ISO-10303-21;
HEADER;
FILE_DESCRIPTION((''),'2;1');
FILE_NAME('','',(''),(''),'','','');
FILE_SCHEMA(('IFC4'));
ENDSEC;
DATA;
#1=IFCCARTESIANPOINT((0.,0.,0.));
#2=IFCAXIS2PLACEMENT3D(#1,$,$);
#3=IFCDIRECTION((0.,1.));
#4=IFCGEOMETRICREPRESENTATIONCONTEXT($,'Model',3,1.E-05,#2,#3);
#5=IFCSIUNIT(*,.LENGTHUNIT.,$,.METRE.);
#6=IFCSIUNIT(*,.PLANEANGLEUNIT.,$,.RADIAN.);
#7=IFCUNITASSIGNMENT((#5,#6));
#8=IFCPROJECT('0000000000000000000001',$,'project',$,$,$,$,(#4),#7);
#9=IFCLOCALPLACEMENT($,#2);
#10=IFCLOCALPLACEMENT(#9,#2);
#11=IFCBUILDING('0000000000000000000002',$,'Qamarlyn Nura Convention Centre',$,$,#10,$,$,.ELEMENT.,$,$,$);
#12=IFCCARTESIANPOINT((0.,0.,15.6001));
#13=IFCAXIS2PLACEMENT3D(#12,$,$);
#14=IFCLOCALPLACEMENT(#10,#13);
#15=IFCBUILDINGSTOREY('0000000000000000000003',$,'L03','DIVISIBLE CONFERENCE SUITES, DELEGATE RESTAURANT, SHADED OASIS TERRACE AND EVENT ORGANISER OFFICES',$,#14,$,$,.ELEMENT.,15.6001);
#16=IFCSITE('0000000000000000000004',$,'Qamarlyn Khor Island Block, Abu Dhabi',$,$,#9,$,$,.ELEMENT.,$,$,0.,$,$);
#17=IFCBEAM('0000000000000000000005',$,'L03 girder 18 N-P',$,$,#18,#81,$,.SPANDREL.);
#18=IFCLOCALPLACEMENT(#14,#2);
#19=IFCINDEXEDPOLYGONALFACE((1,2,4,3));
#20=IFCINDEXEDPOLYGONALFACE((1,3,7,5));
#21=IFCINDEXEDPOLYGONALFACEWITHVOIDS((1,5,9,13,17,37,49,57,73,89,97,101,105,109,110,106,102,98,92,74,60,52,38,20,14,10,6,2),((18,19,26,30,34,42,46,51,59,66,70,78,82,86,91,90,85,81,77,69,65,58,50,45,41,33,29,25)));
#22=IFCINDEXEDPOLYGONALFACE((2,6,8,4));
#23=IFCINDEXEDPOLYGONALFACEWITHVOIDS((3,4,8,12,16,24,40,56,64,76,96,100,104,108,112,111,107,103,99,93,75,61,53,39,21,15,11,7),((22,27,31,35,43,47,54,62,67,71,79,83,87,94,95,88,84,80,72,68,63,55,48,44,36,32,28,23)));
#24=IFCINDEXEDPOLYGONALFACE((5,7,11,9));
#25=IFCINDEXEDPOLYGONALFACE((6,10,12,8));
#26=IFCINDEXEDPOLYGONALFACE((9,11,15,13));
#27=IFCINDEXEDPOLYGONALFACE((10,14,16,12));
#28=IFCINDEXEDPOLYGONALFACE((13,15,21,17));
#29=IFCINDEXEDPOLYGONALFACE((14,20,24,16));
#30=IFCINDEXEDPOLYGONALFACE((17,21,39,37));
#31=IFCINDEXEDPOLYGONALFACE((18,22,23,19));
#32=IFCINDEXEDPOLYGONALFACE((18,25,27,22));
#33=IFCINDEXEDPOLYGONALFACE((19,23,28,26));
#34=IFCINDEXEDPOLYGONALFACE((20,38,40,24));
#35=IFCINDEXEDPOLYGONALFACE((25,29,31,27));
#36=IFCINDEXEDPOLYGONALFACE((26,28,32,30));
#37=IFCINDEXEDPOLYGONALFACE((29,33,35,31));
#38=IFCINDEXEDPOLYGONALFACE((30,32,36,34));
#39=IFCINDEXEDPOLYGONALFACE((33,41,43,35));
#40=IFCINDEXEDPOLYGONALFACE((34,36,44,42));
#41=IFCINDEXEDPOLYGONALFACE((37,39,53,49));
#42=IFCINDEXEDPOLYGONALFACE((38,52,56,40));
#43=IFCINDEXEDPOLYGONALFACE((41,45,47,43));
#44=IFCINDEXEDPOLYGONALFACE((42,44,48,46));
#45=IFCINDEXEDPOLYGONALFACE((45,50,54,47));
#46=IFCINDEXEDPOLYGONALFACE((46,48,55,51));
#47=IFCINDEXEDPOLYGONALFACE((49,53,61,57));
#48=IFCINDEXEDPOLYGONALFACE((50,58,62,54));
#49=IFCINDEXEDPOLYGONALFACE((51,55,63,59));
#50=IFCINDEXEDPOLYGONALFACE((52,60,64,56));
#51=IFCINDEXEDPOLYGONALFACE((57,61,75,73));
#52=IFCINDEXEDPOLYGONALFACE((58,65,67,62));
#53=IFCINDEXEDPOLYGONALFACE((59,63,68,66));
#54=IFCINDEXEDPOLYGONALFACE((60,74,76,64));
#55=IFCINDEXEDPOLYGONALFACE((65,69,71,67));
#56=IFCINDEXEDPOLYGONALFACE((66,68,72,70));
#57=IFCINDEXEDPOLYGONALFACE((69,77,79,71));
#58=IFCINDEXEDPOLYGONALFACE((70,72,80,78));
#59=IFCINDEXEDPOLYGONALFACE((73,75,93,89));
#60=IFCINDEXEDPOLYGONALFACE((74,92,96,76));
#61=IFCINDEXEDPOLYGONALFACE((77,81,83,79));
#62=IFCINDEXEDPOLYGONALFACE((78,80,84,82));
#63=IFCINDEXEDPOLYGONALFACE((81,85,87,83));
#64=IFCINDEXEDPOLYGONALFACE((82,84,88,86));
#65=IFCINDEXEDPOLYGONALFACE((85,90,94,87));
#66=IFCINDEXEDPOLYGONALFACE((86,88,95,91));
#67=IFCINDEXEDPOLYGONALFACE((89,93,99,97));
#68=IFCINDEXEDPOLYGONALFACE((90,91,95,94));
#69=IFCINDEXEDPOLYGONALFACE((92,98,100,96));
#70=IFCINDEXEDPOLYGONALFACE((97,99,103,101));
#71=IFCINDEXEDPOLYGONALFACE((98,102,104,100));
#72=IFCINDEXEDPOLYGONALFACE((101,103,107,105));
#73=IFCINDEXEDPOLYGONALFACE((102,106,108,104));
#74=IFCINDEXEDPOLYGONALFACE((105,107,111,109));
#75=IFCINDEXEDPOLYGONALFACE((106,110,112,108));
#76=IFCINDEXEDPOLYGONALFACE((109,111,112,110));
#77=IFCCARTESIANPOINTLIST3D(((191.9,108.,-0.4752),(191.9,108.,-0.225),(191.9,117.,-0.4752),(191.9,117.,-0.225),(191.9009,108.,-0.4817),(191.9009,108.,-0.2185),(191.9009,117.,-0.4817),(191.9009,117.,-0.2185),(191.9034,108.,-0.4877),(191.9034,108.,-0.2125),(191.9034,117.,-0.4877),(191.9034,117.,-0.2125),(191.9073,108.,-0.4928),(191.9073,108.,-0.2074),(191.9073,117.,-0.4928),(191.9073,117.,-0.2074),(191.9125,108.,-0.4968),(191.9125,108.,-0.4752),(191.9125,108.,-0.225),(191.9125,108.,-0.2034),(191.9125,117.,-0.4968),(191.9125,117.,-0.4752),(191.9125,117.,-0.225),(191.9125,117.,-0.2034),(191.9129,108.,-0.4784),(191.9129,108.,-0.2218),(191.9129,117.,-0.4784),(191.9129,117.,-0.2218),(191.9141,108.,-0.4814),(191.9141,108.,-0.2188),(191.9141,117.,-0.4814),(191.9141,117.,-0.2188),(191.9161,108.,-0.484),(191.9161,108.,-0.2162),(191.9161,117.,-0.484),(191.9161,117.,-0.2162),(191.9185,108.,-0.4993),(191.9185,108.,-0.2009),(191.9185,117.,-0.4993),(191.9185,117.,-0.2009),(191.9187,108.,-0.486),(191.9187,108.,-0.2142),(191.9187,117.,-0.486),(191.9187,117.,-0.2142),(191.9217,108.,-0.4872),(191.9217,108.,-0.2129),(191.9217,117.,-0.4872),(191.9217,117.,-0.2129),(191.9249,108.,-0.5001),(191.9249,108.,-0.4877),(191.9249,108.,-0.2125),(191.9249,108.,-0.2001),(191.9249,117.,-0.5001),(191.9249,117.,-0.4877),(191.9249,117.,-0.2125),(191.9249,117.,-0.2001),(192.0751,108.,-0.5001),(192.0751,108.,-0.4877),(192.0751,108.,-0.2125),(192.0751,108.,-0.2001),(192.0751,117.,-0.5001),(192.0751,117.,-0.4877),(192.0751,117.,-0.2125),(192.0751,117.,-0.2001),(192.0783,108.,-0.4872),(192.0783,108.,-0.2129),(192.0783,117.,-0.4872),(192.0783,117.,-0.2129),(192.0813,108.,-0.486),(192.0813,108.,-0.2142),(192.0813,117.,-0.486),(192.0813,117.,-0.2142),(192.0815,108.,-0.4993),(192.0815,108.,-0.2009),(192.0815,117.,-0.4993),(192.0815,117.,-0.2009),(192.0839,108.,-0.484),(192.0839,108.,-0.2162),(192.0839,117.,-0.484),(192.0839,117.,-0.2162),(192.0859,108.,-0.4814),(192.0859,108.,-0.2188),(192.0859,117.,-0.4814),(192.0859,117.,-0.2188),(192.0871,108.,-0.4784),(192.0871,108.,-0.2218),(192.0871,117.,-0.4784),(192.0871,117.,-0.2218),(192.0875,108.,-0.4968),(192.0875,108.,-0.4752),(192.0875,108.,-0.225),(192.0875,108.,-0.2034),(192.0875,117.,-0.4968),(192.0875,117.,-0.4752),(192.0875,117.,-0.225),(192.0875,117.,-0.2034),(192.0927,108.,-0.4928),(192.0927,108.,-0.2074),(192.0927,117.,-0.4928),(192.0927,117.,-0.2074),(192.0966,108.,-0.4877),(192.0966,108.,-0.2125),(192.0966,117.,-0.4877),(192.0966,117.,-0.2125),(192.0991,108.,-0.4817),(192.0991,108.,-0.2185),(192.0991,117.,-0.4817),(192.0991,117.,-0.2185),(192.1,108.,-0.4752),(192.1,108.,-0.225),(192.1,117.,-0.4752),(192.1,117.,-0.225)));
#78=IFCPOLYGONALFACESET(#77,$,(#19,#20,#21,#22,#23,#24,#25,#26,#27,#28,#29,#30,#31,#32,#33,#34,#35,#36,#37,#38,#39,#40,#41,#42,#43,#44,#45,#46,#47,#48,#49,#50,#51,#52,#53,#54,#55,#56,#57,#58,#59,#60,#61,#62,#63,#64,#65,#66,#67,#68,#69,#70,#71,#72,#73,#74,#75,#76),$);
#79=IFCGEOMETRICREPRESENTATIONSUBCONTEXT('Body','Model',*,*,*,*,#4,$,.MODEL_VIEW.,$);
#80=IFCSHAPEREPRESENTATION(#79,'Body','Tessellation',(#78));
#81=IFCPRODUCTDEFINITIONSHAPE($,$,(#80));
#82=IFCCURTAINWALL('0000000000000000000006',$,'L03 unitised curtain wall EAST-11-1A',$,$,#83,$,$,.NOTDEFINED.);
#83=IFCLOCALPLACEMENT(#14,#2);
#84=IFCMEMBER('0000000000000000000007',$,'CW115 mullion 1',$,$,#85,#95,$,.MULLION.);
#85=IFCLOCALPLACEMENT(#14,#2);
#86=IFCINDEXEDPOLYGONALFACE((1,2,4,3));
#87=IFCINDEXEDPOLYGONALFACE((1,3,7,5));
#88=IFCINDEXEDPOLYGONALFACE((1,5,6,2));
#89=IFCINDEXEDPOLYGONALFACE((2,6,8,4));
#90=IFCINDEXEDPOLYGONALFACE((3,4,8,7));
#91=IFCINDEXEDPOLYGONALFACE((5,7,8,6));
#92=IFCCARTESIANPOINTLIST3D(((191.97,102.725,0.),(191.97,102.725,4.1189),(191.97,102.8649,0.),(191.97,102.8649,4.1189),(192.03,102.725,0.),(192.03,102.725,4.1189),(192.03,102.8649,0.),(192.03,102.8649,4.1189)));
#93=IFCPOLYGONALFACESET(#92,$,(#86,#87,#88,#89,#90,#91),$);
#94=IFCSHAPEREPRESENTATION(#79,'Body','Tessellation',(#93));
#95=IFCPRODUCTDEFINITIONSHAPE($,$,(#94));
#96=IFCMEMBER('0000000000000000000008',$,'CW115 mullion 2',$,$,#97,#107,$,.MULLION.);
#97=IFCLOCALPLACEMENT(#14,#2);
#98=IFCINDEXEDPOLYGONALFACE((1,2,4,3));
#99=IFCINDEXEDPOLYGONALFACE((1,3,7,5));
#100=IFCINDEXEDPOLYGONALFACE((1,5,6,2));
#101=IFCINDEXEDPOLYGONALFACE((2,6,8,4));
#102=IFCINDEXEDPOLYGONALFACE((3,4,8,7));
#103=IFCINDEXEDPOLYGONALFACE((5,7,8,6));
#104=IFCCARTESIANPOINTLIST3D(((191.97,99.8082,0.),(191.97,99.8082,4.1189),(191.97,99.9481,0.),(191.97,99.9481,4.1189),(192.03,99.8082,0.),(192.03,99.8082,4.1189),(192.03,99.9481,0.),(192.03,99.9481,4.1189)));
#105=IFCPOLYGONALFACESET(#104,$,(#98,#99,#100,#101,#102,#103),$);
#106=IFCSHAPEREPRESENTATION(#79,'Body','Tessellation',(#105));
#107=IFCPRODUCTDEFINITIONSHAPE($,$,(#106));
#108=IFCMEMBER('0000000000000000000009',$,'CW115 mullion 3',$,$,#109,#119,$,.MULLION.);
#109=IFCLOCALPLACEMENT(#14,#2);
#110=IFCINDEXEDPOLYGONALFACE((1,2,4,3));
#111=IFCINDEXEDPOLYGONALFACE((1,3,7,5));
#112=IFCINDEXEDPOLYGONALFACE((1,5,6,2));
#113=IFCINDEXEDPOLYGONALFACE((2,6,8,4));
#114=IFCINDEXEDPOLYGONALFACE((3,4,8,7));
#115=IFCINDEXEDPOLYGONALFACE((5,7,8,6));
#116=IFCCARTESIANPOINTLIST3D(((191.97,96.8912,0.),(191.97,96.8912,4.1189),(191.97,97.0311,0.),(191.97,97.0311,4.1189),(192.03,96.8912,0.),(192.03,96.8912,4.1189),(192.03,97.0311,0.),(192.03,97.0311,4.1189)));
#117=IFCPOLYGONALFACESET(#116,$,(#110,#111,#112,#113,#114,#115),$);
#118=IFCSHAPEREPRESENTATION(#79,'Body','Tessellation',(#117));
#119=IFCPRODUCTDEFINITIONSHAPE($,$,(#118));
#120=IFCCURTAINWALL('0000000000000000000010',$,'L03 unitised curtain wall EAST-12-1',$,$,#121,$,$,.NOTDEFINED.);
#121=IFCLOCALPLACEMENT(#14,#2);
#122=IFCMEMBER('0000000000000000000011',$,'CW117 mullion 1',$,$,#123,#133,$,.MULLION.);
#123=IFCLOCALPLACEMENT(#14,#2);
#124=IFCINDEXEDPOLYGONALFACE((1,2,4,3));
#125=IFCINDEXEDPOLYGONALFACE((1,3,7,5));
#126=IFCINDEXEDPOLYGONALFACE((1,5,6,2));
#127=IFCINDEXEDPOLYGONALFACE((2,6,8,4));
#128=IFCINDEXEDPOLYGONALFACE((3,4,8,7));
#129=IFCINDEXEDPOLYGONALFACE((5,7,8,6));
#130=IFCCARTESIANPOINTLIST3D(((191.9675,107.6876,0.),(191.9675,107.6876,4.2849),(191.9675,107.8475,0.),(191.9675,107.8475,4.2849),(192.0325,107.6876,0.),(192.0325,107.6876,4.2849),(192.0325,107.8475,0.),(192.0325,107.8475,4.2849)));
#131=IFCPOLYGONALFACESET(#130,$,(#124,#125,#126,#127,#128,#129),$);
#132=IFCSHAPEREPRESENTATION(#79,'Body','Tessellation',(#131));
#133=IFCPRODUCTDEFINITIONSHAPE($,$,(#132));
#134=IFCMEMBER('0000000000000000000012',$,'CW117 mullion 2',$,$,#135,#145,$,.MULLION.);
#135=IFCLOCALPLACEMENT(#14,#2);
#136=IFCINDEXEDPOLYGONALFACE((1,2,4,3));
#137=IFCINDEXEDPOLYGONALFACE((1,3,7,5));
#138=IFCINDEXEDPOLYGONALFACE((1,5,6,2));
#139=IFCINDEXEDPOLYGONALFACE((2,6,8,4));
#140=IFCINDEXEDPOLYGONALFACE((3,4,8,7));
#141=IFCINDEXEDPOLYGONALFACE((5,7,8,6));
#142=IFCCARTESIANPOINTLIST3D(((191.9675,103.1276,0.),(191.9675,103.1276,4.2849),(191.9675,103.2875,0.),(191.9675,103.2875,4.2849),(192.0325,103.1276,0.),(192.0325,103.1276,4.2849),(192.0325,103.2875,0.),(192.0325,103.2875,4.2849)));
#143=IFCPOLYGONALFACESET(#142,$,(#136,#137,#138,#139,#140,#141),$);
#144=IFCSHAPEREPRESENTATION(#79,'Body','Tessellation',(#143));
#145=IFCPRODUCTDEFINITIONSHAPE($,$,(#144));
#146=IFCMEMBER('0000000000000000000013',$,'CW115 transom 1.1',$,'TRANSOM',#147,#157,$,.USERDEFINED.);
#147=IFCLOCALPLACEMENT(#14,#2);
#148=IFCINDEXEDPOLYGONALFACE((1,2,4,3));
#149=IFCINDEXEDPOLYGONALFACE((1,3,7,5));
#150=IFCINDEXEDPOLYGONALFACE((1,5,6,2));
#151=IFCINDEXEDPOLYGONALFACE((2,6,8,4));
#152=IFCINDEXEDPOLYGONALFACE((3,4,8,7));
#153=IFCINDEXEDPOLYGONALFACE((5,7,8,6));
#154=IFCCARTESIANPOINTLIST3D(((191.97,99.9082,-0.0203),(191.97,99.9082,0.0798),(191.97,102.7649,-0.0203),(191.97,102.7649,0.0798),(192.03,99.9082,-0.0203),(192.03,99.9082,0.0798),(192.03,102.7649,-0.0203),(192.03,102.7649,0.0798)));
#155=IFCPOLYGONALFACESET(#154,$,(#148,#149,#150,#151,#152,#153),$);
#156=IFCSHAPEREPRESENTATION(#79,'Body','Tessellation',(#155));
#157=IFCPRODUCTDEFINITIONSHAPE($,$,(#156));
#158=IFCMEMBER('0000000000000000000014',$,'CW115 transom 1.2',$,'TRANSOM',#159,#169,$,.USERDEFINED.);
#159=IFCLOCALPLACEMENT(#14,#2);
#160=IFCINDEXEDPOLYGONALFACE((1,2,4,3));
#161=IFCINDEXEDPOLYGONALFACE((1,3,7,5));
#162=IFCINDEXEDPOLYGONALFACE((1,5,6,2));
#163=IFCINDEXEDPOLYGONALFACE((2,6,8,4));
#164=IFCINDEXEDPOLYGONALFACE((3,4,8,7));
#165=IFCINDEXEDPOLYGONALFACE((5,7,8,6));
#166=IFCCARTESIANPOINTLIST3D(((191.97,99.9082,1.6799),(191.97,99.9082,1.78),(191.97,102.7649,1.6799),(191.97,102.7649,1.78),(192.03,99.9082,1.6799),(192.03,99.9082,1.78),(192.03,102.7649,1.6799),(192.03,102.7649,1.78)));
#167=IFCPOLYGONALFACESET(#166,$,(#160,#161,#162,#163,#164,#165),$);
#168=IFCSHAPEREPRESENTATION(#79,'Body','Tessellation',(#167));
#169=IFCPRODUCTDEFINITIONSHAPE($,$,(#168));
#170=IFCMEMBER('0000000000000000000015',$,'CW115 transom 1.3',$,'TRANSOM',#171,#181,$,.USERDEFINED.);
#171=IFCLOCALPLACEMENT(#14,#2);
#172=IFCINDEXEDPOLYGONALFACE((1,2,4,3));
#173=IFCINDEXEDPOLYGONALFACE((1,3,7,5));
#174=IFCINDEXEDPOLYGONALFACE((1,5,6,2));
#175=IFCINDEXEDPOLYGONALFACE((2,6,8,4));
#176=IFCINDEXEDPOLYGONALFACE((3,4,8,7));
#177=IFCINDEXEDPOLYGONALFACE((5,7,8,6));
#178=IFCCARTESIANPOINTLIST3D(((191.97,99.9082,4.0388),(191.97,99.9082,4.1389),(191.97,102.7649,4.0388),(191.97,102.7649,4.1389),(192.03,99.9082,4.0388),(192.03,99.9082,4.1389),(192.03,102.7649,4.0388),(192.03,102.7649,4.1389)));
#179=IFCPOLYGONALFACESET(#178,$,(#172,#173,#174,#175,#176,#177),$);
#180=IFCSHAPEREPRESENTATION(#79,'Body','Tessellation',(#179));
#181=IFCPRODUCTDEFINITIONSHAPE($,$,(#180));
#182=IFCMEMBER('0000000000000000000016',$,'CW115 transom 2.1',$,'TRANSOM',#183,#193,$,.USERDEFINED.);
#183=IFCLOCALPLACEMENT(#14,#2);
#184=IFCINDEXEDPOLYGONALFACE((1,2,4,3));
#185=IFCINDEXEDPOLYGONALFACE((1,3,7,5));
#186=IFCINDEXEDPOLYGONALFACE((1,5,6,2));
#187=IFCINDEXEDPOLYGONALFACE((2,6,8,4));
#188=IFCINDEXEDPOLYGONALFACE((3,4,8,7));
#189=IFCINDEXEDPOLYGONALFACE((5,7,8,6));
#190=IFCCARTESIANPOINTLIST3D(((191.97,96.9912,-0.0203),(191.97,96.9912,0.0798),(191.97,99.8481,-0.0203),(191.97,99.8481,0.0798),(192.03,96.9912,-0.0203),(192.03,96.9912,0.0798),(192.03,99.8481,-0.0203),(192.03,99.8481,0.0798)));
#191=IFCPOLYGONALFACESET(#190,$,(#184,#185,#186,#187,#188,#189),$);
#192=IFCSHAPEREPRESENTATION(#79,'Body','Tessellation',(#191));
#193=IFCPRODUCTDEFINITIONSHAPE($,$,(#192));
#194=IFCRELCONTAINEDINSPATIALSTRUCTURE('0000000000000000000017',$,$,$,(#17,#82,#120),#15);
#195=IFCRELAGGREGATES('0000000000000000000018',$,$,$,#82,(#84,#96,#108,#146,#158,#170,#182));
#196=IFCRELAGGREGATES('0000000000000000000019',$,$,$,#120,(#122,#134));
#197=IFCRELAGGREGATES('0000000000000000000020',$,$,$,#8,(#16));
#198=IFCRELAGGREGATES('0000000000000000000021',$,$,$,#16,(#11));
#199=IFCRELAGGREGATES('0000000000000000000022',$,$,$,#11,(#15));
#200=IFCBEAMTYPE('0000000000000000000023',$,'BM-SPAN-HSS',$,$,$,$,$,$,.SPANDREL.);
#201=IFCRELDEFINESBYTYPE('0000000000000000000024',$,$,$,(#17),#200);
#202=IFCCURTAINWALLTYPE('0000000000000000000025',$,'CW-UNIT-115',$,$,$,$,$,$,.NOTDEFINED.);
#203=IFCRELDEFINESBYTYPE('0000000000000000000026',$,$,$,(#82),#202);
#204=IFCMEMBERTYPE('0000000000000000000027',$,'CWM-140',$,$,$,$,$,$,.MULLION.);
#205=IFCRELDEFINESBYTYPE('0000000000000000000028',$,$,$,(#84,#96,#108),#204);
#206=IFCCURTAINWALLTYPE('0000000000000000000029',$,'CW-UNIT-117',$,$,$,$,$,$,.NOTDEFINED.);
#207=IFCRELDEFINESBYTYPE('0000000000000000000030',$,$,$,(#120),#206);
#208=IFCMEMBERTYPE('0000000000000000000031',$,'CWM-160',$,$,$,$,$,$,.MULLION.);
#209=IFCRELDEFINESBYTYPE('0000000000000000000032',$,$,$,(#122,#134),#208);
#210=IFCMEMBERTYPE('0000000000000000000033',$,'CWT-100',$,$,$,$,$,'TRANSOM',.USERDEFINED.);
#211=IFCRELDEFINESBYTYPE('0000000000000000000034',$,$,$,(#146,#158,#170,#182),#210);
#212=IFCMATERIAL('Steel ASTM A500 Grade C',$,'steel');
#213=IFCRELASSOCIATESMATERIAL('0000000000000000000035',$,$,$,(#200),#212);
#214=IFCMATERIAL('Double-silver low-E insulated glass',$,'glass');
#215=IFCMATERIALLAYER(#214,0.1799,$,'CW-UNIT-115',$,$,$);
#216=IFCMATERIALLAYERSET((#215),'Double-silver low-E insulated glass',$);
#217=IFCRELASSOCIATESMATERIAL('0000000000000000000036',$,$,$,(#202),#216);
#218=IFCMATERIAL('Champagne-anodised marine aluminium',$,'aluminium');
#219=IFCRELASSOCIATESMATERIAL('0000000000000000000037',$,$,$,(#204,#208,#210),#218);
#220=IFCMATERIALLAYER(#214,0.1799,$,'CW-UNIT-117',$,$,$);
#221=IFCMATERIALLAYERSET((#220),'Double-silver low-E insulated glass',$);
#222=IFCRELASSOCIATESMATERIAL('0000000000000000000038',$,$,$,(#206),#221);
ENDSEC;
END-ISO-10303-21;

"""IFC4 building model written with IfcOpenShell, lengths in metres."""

from ifc_helpers import new_model, si_unit, direction, frame, origin, origin_2d, place, context, subcontext, project, spatial, rectangle, hollow_rectangle, extrude, material, layer, layer_set, material_profile, profile_set, type_object, element, aggregate, save


model = new_model("IFC4")

# Units and contexts
model_context = context("Model", 3, precision=1e-05, world=origin(), true_north=direction((0.0, 1.0)))
body_context = subcontext(model_context, "Body", "Model", "MODEL_VIEW")
ifc_project = project(units=[si_unit("LENGTHUNIT", "METRE"), si_unit("PLANEANGLEUNIT", "RADIAN")], contexts=[model_context])

# Site, building, storey
site_placement = place(None, origin())
site = spatial("IfcSite", under=ifc_project, at=site_placement, Name="Qamarlyn Khor Island Block, Abu Dhabi", CompositionType="ELEMENT", RefElevation=0.0)
building_placement = place(site_placement, origin())
building = spatial("IfcBuilding", under=site, at=building_placement, Name="Qamarlyn Nura Convention Centre", CompositionType="ELEMENT")
storey_placement = place(building_placement, frame((0.0, 0.0, 15.6001)))
storey = spatial("IfcBuildingStorey", under=building, at=storey_placement, Name="L03", Description="DIVISIBLE CONFERENCE SUITES, DELEGATE RESTAURANT, SHADED OASIS TERRACE AND EVENT ORGANISER OFFICES", CompositionType="ELEMENT", Elevation=15.6001)

# Shared definitions
ifc_material_1 = material(Name="Steel ASTM A500 Grade C", Category="steel")

# Beam
ifc_material_profile_1 = material_profile(ifc_material_1, hollow_rectangle(XDim=0.2, YDim=0.3, WallThickness=0.0125, InnerFilletRadius=0.0125, OuterFilletRadius=0.0249, at=origin_2d()), Name="HSS300X200X12.5")
ifc_profile_set_1 = profile_set([ifc_material_profile_1], Name="Steel ASTM A500 Grade C")
beam_type_1 = type_object("IfcBeamType", Name="BM-SPAN-HSS", PredefinedType="SPANDREL", material=ifc_profile_set_1)
beam_1_placement = place(storey_placement, frame((192.0, 108.0, -0.3501), z_axis=(0.0, 1.0, 0.0), x_axis=(-1.0, 0.0, 0.0)))
element("IfcBeam", 1, at=beam_1_placement, inside=storey, type_object=beam_type_1, Name="L03 girder 18 N-P", PredefinedType="SPANDREL", context=body_context, shape_type="SweptSolid", body=[
    extrude(hollow_rectangle(XDim=0.2, YDim=0.3, WallThickness=0.0125, InnerFilletRadius=0.0125, OuterFilletRadius=0.0249, at=origin_2d()), origin(), (0.0, 0.0, 1.0), 9.0),
])

# Curtain walls, members
ifc_material_2 = material(Name="Double-silver low-E insulated glass", Category="glass")
ifc_layer_1 = layer(ifc_material_2, 0.1799, Name="CW-UNIT-115")
ifc_layer_set_1 = layer_set([ifc_layer_1], Name="Double-silver low-E insulated glass")
curtain_wall_type_1 = type_object("IfcCurtainWallType", Name="CW-UNIT-115", PredefinedType="NOTDEFINED", material=ifc_layer_set_1)
curtain_wall_1_placement = place(storey_placement, origin())
curtain_wall_1 = element("IfcCurtainWall", 2, at=curtain_wall_1_placement, inside=storey, type_object=curtain_wall_type_1, Name="L03 unitised curtain wall EAST-11-1A", PredefinedType="NOTDEFINED")
ifc_material_3 = material(Name="Champagne-anodised marine aluminium", Category="aluminium")
ifc_material_profile_2 = material_profile(ifc_material_3, rectangle(XDim=0.0601, YDim=0.1399, at=origin_2d()), Name="ALU MULLION 60x140")
ifc_profile_set_2 = profile_set([ifc_material_profile_2], Name="Champagne-anodised marine aluminium")
member_type_1 = type_object("IfcMemberType", Name="CWM-140", PredefinedType="MULLION", material=ifc_profile_set_2)
member_1_placement = place(storey_placement, frame((192.0, 102.7949, 0.0), z_axis=(0.0, 0.0, 1.0), x_axis=(1.0, 0.0, 0.0)))
member_1 = element("IfcMember", 3, at=member_1_placement, type_object=member_type_1, Name="CW115 mullion 1", PredefinedType="MULLION", context=body_context, shape_type="SweptSolid", body=[
    extrude(rectangle(XDim=0.0601, YDim=0.1399, at=origin_2d()), origin(), (0.0, 0.0, 1.0), 4.1189),
])
member_2_placement = place(storey_placement, frame((192.0, 99.8782, 0.0), z_axis=(0.0, 0.0, 1.0), x_axis=(1.0, 0.0, 0.0)))
member_2 = element("IfcMember", 4, at=member_2_placement, type_object=member_type_1, Name="CW115 mullion 2", PredefinedType="MULLION", context=body_context, shape_type="SweptSolid", body=[
    extrude(rectangle(XDim=0.0601, YDim=0.1399, at=origin_2d()), origin(), (0.0, 0.0, 1.0), 4.1189),
])
member_3_placement = place(storey_placement, frame((192.0, 96.9612, 0.0), z_axis=(0.0, 0.0, 1.0), x_axis=(1.0, 0.0, 0.0)))
member_3 = element("IfcMember", 5, at=member_3_placement, type_object=member_type_1, Name="CW115 mullion 3", PredefinedType="MULLION", context=body_context, shape_type="SweptSolid", body=[
    extrude(rectangle(XDim=0.0601, YDim=0.1399, at=origin_2d()), origin(), (0.0, 0.0, 1.0), 4.1189),
])
ifc_layer_2 = layer(ifc_material_2, 0.1799, Name="CW-UNIT-117")
ifc_layer_set_2 = layer_set([ifc_layer_2], Name="Double-silver low-E insulated glass")
curtain_wall_type_2 = type_object("IfcCurtainWallType", Name="CW-UNIT-117", PredefinedType="NOTDEFINED", material=ifc_layer_set_2)
curtain_wall_2_placement = place(storey_placement, origin())
curtain_wall_2 = element("IfcCurtainWall", 6, at=curtain_wall_2_placement, inside=storey, type_object=curtain_wall_type_2, Name="L03 unitised curtain wall EAST-12-1", PredefinedType="NOTDEFINED")
ifc_material_profile_3 = material_profile(ifc_material_3, rectangle(XDim=0.0649, YDim=0.1599, at=origin_2d()), Name="ALU MULLION 65x160")
ifc_profile_set_3 = profile_set([ifc_material_profile_3], Name="Champagne-anodised marine aluminium")
member_type_2 = type_object("IfcMemberType", Name="CWM-160", PredefinedType="MULLION", material=ifc_profile_set_3)
member_4_placement = place(storey_placement, frame((192.0, 107.7676, 0.0), z_axis=(0.0, 0.0, 1.0), x_axis=(1.0, 0.0, 0.0)))
member_4 = element("IfcMember", 7, at=member_4_placement, type_object=member_type_2, Name="CW117 mullion 1", PredefinedType="MULLION", context=body_context, shape_type="SweptSolid", body=[
    extrude(rectangle(XDim=0.0649, YDim=0.1599, at=origin_2d()), origin(), (0.0, 0.0, 1.0), 4.2849),
])
member_5_placement = place(storey_placement, frame((192.0, 103.2075, 0.0), z_axis=(0.0, 0.0, 1.0), x_axis=(1.0, 0.0, 0.0)))
member_5 = element("IfcMember", 8, at=member_5_placement, type_object=member_type_2, Name="CW117 mullion 2", PredefinedType="MULLION", context=body_context, shape_type="SweptSolid", body=[
    extrude(rectangle(XDim=0.0649, YDim=0.1599, at=origin_2d()), origin(), (0.0, 0.0, 1.0), 4.2849),
])

# Members
ifc_material_profile_4 = material_profile(ifc_material_3, rectangle(XDim=0.0601, YDim=0.1001, at=origin_2d()), Name="ALU TRANSOM 60x100")
ifc_profile_set_4 = profile_set([ifc_material_profile_4], Name="Champagne-anodised marine aluminium")
member_type_3 = type_object("IfcMemberType", Name="CWT-100", ElementType="TRANSOM", PredefinedType="USERDEFINED", material=ifc_profile_set_4)
member_6_placement = place(storey_placement, frame((192.0, 102.7649, 0.0298), z_axis=(0.0, -1.0, 0.0), x_axis=(1.0, 0.0, 0.0)))
member_6 = element("IfcMember", 9, at=member_6_placement, type_object=member_type_3, Name="CW115 transom 1.1", ObjectType="TRANSOM", PredefinedType="USERDEFINED", context=body_context, shape_type="SweptSolid", body=[
    extrude(rectangle(XDim=0.0601, YDim=0.1001, at=origin_2d()), origin(), (0.0, 0.0, 1.0), 2.8567),
])
member_7_placement = place(storey_placement, frame((192.0, 102.7649, 1.73), z_axis=(0.0, -1.0, 0.0), x_axis=(1.0, 0.0, 0.0)))
member_7 = element("IfcMember", 10, at=member_7_placement, type_object=member_type_3, Name="CW115 transom 1.2", ObjectType="TRANSOM", PredefinedType="USERDEFINED", context=body_context, shape_type="SweptSolid", body=[
    extrude(rectangle(XDim=0.0601, YDim=0.1001, at=origin_2d()), origin(), (0.0, 0.0, 1.0), 2.8567),
])
member_8_placement = place(storey_placement, frame((192.0, 102.7649, 4.0889), z_axis=(0.0, -1.0, 0.0), x_axis=(1.0, 0.0, 0.0)))
member_8 = element("IfcMember", 11, at=member_8_placement, type_object=member_type_3, Name="CW115 transom 1.3", ObjectType="TRANSOM", PredefinedType="USERDEFINED", context=body_context, shape_type="SweptSolid", body=[
    extrude(rectangle(XDim=0.0601, YDim=0.1001, at=origin_2d()), origin(), (0.0, 0.0, 1.0), 2.8567),
])
member_9_placement = place(storey_placement, frame((192.0, 99.8481, 0.0298), z_axis=(0.0, -1.0, 0.0), x_axis=(1.0, 0.0, 0.0)))
member_9 = element("IfcMember", 12, at=member_9_placement, type_object=member_type_3, Name="CW115 transom 2.1", ObjectType="TRANSOM", PredefinedType="USERDEFINED", context=body_context, shape_type="SweptSolid", body=[
    extrude(rectangle(XDim=0.0601, YDim=0.1001, at=origin_2d()), origin(), (0.0, 0.0, 1.0), 2.8569),
])

aggregate(curtain_wall_1, [member_1, member_2, member_3, member_6, member_7, member_8, member_9])
aggregate(curtain_wall_2, [member_4, member_5])

save(model, "model.ifc")
